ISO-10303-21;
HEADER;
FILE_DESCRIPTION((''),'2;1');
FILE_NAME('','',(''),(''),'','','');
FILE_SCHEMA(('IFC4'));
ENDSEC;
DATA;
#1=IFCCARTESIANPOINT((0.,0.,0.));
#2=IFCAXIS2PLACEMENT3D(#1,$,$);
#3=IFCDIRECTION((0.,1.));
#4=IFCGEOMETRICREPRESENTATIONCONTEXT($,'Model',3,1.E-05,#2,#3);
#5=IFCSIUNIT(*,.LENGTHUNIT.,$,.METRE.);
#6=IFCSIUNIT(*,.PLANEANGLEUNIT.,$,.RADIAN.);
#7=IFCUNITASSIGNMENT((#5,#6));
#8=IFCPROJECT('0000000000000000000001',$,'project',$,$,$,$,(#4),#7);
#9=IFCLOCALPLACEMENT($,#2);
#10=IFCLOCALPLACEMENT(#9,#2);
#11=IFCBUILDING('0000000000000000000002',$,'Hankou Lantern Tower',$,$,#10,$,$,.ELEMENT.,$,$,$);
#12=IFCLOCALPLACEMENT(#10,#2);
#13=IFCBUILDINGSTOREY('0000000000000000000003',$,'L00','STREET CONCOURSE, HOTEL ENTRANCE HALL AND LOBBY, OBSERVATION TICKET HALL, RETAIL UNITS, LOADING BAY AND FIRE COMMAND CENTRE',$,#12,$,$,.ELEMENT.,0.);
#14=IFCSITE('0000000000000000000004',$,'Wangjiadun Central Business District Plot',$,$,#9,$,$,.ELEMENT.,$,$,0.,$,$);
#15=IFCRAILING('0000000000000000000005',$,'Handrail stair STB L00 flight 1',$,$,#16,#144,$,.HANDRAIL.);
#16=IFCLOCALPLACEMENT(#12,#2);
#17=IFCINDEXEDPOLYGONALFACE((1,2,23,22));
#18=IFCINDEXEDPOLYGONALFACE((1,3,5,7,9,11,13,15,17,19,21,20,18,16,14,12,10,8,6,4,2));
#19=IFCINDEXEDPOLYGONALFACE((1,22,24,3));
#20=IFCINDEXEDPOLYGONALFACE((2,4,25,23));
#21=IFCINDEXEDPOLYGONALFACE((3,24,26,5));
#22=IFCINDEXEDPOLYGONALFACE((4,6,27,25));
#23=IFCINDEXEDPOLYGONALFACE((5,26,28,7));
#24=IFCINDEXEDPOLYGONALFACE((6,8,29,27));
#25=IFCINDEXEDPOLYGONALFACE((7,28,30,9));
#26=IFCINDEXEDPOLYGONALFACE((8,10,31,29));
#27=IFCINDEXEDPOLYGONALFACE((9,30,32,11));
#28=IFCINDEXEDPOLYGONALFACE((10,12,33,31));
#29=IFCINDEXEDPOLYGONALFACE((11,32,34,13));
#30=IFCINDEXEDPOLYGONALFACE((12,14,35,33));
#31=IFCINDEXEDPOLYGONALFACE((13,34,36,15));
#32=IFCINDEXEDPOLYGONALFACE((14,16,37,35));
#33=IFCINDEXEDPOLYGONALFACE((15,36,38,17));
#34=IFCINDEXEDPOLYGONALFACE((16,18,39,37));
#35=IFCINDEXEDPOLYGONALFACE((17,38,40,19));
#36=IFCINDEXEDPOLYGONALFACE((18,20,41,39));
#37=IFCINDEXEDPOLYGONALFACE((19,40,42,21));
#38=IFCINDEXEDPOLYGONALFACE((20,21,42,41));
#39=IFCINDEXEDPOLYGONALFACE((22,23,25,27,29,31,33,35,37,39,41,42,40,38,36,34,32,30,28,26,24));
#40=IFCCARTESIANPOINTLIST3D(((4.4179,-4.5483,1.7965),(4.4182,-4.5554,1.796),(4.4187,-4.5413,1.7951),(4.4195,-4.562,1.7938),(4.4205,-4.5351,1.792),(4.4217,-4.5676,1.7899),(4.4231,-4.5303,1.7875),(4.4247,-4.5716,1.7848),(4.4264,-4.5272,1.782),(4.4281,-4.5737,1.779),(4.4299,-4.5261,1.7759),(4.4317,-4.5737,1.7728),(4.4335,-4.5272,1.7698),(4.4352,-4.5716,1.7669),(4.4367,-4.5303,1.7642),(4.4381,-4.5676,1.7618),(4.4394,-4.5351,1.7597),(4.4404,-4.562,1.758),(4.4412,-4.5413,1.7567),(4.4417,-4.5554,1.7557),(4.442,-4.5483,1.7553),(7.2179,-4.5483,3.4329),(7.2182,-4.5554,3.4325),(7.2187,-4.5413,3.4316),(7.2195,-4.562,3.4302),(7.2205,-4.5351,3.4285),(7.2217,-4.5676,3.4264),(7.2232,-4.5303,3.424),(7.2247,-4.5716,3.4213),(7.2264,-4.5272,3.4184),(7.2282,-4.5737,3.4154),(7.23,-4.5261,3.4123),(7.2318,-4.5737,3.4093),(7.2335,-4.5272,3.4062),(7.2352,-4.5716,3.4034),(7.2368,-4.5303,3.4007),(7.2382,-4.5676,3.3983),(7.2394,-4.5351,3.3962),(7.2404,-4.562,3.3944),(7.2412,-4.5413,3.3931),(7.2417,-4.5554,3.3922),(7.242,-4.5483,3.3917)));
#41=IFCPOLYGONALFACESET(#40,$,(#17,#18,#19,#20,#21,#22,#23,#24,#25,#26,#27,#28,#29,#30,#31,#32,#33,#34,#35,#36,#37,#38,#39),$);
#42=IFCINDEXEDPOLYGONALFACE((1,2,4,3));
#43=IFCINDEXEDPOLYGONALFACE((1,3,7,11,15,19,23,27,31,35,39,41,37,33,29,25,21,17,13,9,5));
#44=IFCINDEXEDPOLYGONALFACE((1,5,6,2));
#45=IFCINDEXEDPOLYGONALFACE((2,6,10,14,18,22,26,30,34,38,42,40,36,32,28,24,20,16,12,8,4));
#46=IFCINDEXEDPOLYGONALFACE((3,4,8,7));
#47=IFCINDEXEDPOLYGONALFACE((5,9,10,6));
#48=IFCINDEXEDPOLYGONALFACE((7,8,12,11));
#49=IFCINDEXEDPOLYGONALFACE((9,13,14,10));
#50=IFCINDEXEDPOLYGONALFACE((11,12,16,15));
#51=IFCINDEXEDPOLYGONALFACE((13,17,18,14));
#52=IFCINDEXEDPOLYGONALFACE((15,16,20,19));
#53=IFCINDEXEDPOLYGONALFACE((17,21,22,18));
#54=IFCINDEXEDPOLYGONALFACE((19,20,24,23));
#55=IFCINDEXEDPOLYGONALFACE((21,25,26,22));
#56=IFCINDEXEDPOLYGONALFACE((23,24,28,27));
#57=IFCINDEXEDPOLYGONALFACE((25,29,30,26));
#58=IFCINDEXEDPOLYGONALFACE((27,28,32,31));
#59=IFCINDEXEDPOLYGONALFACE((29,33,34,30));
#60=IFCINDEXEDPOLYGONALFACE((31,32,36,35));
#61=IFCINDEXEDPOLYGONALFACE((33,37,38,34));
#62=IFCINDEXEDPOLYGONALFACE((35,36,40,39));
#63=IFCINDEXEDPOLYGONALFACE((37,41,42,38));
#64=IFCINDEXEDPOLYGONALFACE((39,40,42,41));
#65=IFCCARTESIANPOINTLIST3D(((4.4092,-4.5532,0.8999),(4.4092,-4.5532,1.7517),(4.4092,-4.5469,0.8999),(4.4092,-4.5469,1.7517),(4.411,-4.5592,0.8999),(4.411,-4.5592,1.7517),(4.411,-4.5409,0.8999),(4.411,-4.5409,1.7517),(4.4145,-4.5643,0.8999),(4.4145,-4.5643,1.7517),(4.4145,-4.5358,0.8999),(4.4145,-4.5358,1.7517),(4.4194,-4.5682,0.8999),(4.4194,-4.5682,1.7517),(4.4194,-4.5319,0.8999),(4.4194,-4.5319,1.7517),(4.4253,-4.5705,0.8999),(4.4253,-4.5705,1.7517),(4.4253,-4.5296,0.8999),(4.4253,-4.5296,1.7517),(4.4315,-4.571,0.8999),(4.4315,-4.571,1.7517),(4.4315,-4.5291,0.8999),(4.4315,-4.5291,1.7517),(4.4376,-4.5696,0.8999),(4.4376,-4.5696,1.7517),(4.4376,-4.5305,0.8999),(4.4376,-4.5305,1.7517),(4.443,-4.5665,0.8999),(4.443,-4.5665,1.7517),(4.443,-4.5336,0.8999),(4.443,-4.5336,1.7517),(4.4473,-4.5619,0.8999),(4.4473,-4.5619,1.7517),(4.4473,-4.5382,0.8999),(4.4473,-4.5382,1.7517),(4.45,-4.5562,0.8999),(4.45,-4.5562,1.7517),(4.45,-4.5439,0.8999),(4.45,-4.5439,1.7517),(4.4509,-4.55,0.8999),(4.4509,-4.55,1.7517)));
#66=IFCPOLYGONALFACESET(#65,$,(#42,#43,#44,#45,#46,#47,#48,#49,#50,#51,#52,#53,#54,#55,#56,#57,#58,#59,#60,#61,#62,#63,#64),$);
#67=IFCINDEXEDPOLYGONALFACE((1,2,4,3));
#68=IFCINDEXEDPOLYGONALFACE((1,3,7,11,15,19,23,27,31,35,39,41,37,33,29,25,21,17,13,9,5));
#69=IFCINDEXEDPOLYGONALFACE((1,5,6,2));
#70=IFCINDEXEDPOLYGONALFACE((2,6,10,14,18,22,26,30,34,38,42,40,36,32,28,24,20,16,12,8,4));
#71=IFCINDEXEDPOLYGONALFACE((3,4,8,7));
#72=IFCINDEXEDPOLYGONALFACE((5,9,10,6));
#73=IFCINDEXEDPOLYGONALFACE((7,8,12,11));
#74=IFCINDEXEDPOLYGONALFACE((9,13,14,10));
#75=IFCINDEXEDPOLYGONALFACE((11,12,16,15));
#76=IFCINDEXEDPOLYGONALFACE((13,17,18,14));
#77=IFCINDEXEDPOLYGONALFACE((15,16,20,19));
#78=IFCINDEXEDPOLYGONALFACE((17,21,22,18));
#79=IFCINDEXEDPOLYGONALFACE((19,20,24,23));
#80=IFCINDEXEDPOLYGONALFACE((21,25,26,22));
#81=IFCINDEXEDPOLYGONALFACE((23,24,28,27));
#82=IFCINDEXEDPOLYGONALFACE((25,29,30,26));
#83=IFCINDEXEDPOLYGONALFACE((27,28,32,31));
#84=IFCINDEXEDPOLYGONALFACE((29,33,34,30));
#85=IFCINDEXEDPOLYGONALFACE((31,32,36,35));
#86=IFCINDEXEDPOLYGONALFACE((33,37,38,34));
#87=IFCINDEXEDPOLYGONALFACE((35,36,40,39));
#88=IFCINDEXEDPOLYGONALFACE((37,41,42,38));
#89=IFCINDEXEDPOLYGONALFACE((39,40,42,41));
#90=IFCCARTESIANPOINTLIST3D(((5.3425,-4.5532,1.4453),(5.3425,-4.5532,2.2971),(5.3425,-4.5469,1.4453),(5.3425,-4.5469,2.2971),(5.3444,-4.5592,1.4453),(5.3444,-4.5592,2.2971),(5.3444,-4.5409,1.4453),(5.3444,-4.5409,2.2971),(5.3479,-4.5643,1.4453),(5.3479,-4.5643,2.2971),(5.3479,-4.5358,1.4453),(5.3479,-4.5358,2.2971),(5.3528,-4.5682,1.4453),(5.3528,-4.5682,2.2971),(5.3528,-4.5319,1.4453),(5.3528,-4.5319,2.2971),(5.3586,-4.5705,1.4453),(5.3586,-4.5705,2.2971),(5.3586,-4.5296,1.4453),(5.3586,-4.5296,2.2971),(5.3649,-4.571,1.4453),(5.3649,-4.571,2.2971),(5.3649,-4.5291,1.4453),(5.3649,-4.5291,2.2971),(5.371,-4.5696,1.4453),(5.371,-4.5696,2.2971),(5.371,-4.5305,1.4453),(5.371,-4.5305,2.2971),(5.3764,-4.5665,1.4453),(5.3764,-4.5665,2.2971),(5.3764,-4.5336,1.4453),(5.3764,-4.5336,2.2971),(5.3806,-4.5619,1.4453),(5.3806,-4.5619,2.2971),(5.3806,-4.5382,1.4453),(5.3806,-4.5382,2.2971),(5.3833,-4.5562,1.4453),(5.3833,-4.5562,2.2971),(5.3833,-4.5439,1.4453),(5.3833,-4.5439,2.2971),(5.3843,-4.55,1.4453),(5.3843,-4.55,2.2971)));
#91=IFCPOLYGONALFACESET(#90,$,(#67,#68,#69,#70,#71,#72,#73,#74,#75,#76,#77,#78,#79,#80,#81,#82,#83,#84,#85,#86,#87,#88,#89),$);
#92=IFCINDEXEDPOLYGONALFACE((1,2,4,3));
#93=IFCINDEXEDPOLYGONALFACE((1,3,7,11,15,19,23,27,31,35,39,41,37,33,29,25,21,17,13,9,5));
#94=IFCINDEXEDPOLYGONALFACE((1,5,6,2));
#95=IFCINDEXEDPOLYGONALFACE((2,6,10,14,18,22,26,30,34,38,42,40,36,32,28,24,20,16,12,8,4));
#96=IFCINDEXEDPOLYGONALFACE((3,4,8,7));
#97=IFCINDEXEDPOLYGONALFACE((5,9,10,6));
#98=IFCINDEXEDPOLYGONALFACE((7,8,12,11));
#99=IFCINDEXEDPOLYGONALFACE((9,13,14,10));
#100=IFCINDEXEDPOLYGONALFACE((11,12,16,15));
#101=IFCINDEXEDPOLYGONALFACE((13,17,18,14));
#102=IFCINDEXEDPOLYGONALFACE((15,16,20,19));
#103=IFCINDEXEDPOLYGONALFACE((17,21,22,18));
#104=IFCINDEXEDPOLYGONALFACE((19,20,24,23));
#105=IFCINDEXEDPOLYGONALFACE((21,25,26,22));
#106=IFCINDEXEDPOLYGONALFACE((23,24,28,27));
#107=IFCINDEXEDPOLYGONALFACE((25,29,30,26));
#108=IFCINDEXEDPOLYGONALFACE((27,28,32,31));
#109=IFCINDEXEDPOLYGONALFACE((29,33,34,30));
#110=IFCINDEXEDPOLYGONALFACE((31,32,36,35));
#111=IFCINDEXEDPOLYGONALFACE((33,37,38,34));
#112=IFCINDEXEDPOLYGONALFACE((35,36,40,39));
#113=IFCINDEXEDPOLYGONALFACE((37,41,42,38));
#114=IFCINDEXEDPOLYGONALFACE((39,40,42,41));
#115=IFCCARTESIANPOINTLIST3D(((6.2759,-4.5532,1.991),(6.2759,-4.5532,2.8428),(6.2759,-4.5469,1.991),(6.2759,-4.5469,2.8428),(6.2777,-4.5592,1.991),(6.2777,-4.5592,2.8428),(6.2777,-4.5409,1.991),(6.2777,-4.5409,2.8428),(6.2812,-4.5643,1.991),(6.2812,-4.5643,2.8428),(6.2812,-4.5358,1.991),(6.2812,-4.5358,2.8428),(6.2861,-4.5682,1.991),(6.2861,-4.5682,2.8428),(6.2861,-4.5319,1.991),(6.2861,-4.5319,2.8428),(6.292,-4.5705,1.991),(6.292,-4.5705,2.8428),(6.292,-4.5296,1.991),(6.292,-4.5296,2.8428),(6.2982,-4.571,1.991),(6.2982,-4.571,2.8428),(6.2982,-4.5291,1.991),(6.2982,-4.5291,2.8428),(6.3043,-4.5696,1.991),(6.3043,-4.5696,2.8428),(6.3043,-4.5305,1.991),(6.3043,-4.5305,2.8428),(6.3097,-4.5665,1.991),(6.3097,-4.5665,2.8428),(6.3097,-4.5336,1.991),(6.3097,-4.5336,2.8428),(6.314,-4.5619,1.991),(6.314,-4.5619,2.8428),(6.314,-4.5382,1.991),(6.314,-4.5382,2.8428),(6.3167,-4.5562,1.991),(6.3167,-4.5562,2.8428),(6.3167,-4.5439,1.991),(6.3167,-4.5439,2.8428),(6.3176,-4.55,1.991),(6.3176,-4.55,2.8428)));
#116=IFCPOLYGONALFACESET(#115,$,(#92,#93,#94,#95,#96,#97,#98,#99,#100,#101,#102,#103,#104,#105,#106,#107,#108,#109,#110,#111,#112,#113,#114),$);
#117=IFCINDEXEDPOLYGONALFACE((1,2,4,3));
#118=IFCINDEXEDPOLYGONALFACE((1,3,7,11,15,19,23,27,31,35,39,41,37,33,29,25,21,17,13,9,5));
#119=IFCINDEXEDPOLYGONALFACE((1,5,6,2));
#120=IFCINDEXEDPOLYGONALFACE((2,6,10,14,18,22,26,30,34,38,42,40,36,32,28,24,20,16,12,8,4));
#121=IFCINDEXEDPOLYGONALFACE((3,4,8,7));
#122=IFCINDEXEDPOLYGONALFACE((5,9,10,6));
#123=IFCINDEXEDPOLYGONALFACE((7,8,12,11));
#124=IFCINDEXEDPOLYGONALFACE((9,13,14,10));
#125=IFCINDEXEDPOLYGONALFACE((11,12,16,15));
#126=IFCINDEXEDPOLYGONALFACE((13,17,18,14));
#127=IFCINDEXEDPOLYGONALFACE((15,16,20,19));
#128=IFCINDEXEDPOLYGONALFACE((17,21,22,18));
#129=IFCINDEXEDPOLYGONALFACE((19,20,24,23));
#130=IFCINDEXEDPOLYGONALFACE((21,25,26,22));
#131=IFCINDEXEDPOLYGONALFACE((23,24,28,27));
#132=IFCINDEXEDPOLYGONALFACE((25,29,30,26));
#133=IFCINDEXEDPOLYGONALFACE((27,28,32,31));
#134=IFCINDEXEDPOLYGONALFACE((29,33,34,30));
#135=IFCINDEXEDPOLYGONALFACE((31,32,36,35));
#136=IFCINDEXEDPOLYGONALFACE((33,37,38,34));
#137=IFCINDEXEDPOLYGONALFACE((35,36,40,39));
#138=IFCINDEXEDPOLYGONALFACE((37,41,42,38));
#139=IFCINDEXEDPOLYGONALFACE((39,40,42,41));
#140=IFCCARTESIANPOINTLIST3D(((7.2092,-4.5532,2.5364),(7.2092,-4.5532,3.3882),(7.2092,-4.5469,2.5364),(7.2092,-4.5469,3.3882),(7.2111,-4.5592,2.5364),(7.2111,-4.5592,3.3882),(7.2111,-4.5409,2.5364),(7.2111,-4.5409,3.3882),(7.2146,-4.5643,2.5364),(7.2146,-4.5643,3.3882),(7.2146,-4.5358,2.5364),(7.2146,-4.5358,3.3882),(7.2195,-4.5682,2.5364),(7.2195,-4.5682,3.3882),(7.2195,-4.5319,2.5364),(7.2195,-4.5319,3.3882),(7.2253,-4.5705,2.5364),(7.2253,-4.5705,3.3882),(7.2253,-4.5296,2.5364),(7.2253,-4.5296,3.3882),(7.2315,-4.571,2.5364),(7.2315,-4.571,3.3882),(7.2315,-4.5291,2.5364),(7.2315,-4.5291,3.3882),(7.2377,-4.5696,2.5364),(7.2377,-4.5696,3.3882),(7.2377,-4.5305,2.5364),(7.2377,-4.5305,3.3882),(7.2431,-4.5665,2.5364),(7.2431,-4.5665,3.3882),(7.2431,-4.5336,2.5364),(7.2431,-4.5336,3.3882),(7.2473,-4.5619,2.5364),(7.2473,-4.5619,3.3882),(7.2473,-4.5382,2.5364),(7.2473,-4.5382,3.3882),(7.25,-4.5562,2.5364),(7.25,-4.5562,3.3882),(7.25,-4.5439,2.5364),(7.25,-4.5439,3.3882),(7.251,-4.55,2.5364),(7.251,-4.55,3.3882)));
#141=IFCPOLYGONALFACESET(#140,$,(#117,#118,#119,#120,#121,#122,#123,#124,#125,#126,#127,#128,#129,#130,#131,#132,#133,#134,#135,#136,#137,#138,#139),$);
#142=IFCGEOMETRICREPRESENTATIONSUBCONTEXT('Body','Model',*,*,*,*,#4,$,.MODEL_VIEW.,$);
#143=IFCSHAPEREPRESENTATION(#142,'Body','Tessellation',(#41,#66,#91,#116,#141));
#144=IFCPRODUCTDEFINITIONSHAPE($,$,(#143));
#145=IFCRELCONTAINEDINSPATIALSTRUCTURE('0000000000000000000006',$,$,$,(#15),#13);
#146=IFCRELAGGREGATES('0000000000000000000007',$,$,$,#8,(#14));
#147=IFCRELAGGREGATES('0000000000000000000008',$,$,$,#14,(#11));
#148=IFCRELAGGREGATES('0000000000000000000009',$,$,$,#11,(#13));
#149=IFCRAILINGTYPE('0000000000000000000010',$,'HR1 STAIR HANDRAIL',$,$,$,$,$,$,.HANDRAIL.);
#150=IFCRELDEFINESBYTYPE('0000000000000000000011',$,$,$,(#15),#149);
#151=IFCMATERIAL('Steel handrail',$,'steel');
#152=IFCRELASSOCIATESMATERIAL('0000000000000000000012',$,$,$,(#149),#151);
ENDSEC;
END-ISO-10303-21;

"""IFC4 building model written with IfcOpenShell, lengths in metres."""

from ifc_helpers import new_model, si_unit, direction, frame, origin, origin_2d, place, context, subcontext, project, spatial, circle, extrude, material, type_object, element, save


model = new_model("IFC4")

# Units and contexts
model_context = context("Model", 3, precision=1e-05, world=origin(), true_north=direction((0.0, 1.0)))
body_context = subcontext(model_context, "Body", "Model", "MODEL_VIEW")
ifc_project = project(units=[si_unit("LENGTHUNIT", "METRE"), si_unit("PLANEANGLEUNIT", "RADIAN")], contexts=[model_context])

# Site, building, storey
site_placement = place(None, origin())
site = spatial("IfcSite", under=ifc_project, at=site_placement, Name="Wangjiadun Central Business District Plot", CompositionType="ELEMENT", RefElevation=0.0)
building_placement = place(site_placement, origin())
building = spatial("IfcBuilding", under=site, at=building_placement, Name="Hankou Lantern Tower", CompositionType="ELEMENT")
storey_placement = place(building_placement, origin())
storey = spatial("IfcBuildingStorey", under=building, at=storey_placement, Name="L00", Description="STREET CONCOURSE, HOTEL ENTRANCE HALL AND LOBBY, OBSERVATION TICKET HALL, RETAIL UNITS, LOADING BAY AND FIRE COMMAND CENTRE", CompositionType="ELEMENT", Elevation=0.0)

# Railing
ifc_material_1 = material(Name="Steel handrail", Category="steel")
railing_type = type_object("IfcRailingType", Name="HR1 STAIR HANDRAIL", PredefinedType="HANDRAIL", material=ifc_material_1)
railing_1_placement = place(storey_placement, frame((4.4299, -4.55, 0.8999)))
element("IfcRailing", 1, at=railing_1_placement, inside=storey, type_object=railing_type, Name="Handrail stair STB L00 flight 1", PredefinedType="HANDRAIL", context=body_context, shape_type="SweptSolid", body=[
    extrude(circle(Radius=0.0239, at=origin_2d()), frame((0.0, 0.0, 0.876), z_axis=(0.863361, 0.0, 0.504587), x_axis=(0.0, 1.0, 0.0)), (0.0, 0.0, 1.0), 3.2432),
    extrude(circle(Radius=0.021, at=origin_2d()), origin(), (0.0, 0.0, 1.0), 0.8518),
    extrude(circle(Radius=0.021, at=origin_2d()), frame((0.9333, 0.0, 0.5454)), (0.0, 0.0, 1.0), 0.8518),
    extrude(circle(Radius=0.021, at=origin_2d()), frame((1.8667, 0.0, 1.0911)), (0.0, 0.0, 1.0), 0.8518),
    extrude(circle(Radius=0.021, at=origin_2d()), frame((2.8, 0.0, 1.6365)), (0.0, 0.0, 1.0), 0.8518),
])

save(model, "model.ifc")
